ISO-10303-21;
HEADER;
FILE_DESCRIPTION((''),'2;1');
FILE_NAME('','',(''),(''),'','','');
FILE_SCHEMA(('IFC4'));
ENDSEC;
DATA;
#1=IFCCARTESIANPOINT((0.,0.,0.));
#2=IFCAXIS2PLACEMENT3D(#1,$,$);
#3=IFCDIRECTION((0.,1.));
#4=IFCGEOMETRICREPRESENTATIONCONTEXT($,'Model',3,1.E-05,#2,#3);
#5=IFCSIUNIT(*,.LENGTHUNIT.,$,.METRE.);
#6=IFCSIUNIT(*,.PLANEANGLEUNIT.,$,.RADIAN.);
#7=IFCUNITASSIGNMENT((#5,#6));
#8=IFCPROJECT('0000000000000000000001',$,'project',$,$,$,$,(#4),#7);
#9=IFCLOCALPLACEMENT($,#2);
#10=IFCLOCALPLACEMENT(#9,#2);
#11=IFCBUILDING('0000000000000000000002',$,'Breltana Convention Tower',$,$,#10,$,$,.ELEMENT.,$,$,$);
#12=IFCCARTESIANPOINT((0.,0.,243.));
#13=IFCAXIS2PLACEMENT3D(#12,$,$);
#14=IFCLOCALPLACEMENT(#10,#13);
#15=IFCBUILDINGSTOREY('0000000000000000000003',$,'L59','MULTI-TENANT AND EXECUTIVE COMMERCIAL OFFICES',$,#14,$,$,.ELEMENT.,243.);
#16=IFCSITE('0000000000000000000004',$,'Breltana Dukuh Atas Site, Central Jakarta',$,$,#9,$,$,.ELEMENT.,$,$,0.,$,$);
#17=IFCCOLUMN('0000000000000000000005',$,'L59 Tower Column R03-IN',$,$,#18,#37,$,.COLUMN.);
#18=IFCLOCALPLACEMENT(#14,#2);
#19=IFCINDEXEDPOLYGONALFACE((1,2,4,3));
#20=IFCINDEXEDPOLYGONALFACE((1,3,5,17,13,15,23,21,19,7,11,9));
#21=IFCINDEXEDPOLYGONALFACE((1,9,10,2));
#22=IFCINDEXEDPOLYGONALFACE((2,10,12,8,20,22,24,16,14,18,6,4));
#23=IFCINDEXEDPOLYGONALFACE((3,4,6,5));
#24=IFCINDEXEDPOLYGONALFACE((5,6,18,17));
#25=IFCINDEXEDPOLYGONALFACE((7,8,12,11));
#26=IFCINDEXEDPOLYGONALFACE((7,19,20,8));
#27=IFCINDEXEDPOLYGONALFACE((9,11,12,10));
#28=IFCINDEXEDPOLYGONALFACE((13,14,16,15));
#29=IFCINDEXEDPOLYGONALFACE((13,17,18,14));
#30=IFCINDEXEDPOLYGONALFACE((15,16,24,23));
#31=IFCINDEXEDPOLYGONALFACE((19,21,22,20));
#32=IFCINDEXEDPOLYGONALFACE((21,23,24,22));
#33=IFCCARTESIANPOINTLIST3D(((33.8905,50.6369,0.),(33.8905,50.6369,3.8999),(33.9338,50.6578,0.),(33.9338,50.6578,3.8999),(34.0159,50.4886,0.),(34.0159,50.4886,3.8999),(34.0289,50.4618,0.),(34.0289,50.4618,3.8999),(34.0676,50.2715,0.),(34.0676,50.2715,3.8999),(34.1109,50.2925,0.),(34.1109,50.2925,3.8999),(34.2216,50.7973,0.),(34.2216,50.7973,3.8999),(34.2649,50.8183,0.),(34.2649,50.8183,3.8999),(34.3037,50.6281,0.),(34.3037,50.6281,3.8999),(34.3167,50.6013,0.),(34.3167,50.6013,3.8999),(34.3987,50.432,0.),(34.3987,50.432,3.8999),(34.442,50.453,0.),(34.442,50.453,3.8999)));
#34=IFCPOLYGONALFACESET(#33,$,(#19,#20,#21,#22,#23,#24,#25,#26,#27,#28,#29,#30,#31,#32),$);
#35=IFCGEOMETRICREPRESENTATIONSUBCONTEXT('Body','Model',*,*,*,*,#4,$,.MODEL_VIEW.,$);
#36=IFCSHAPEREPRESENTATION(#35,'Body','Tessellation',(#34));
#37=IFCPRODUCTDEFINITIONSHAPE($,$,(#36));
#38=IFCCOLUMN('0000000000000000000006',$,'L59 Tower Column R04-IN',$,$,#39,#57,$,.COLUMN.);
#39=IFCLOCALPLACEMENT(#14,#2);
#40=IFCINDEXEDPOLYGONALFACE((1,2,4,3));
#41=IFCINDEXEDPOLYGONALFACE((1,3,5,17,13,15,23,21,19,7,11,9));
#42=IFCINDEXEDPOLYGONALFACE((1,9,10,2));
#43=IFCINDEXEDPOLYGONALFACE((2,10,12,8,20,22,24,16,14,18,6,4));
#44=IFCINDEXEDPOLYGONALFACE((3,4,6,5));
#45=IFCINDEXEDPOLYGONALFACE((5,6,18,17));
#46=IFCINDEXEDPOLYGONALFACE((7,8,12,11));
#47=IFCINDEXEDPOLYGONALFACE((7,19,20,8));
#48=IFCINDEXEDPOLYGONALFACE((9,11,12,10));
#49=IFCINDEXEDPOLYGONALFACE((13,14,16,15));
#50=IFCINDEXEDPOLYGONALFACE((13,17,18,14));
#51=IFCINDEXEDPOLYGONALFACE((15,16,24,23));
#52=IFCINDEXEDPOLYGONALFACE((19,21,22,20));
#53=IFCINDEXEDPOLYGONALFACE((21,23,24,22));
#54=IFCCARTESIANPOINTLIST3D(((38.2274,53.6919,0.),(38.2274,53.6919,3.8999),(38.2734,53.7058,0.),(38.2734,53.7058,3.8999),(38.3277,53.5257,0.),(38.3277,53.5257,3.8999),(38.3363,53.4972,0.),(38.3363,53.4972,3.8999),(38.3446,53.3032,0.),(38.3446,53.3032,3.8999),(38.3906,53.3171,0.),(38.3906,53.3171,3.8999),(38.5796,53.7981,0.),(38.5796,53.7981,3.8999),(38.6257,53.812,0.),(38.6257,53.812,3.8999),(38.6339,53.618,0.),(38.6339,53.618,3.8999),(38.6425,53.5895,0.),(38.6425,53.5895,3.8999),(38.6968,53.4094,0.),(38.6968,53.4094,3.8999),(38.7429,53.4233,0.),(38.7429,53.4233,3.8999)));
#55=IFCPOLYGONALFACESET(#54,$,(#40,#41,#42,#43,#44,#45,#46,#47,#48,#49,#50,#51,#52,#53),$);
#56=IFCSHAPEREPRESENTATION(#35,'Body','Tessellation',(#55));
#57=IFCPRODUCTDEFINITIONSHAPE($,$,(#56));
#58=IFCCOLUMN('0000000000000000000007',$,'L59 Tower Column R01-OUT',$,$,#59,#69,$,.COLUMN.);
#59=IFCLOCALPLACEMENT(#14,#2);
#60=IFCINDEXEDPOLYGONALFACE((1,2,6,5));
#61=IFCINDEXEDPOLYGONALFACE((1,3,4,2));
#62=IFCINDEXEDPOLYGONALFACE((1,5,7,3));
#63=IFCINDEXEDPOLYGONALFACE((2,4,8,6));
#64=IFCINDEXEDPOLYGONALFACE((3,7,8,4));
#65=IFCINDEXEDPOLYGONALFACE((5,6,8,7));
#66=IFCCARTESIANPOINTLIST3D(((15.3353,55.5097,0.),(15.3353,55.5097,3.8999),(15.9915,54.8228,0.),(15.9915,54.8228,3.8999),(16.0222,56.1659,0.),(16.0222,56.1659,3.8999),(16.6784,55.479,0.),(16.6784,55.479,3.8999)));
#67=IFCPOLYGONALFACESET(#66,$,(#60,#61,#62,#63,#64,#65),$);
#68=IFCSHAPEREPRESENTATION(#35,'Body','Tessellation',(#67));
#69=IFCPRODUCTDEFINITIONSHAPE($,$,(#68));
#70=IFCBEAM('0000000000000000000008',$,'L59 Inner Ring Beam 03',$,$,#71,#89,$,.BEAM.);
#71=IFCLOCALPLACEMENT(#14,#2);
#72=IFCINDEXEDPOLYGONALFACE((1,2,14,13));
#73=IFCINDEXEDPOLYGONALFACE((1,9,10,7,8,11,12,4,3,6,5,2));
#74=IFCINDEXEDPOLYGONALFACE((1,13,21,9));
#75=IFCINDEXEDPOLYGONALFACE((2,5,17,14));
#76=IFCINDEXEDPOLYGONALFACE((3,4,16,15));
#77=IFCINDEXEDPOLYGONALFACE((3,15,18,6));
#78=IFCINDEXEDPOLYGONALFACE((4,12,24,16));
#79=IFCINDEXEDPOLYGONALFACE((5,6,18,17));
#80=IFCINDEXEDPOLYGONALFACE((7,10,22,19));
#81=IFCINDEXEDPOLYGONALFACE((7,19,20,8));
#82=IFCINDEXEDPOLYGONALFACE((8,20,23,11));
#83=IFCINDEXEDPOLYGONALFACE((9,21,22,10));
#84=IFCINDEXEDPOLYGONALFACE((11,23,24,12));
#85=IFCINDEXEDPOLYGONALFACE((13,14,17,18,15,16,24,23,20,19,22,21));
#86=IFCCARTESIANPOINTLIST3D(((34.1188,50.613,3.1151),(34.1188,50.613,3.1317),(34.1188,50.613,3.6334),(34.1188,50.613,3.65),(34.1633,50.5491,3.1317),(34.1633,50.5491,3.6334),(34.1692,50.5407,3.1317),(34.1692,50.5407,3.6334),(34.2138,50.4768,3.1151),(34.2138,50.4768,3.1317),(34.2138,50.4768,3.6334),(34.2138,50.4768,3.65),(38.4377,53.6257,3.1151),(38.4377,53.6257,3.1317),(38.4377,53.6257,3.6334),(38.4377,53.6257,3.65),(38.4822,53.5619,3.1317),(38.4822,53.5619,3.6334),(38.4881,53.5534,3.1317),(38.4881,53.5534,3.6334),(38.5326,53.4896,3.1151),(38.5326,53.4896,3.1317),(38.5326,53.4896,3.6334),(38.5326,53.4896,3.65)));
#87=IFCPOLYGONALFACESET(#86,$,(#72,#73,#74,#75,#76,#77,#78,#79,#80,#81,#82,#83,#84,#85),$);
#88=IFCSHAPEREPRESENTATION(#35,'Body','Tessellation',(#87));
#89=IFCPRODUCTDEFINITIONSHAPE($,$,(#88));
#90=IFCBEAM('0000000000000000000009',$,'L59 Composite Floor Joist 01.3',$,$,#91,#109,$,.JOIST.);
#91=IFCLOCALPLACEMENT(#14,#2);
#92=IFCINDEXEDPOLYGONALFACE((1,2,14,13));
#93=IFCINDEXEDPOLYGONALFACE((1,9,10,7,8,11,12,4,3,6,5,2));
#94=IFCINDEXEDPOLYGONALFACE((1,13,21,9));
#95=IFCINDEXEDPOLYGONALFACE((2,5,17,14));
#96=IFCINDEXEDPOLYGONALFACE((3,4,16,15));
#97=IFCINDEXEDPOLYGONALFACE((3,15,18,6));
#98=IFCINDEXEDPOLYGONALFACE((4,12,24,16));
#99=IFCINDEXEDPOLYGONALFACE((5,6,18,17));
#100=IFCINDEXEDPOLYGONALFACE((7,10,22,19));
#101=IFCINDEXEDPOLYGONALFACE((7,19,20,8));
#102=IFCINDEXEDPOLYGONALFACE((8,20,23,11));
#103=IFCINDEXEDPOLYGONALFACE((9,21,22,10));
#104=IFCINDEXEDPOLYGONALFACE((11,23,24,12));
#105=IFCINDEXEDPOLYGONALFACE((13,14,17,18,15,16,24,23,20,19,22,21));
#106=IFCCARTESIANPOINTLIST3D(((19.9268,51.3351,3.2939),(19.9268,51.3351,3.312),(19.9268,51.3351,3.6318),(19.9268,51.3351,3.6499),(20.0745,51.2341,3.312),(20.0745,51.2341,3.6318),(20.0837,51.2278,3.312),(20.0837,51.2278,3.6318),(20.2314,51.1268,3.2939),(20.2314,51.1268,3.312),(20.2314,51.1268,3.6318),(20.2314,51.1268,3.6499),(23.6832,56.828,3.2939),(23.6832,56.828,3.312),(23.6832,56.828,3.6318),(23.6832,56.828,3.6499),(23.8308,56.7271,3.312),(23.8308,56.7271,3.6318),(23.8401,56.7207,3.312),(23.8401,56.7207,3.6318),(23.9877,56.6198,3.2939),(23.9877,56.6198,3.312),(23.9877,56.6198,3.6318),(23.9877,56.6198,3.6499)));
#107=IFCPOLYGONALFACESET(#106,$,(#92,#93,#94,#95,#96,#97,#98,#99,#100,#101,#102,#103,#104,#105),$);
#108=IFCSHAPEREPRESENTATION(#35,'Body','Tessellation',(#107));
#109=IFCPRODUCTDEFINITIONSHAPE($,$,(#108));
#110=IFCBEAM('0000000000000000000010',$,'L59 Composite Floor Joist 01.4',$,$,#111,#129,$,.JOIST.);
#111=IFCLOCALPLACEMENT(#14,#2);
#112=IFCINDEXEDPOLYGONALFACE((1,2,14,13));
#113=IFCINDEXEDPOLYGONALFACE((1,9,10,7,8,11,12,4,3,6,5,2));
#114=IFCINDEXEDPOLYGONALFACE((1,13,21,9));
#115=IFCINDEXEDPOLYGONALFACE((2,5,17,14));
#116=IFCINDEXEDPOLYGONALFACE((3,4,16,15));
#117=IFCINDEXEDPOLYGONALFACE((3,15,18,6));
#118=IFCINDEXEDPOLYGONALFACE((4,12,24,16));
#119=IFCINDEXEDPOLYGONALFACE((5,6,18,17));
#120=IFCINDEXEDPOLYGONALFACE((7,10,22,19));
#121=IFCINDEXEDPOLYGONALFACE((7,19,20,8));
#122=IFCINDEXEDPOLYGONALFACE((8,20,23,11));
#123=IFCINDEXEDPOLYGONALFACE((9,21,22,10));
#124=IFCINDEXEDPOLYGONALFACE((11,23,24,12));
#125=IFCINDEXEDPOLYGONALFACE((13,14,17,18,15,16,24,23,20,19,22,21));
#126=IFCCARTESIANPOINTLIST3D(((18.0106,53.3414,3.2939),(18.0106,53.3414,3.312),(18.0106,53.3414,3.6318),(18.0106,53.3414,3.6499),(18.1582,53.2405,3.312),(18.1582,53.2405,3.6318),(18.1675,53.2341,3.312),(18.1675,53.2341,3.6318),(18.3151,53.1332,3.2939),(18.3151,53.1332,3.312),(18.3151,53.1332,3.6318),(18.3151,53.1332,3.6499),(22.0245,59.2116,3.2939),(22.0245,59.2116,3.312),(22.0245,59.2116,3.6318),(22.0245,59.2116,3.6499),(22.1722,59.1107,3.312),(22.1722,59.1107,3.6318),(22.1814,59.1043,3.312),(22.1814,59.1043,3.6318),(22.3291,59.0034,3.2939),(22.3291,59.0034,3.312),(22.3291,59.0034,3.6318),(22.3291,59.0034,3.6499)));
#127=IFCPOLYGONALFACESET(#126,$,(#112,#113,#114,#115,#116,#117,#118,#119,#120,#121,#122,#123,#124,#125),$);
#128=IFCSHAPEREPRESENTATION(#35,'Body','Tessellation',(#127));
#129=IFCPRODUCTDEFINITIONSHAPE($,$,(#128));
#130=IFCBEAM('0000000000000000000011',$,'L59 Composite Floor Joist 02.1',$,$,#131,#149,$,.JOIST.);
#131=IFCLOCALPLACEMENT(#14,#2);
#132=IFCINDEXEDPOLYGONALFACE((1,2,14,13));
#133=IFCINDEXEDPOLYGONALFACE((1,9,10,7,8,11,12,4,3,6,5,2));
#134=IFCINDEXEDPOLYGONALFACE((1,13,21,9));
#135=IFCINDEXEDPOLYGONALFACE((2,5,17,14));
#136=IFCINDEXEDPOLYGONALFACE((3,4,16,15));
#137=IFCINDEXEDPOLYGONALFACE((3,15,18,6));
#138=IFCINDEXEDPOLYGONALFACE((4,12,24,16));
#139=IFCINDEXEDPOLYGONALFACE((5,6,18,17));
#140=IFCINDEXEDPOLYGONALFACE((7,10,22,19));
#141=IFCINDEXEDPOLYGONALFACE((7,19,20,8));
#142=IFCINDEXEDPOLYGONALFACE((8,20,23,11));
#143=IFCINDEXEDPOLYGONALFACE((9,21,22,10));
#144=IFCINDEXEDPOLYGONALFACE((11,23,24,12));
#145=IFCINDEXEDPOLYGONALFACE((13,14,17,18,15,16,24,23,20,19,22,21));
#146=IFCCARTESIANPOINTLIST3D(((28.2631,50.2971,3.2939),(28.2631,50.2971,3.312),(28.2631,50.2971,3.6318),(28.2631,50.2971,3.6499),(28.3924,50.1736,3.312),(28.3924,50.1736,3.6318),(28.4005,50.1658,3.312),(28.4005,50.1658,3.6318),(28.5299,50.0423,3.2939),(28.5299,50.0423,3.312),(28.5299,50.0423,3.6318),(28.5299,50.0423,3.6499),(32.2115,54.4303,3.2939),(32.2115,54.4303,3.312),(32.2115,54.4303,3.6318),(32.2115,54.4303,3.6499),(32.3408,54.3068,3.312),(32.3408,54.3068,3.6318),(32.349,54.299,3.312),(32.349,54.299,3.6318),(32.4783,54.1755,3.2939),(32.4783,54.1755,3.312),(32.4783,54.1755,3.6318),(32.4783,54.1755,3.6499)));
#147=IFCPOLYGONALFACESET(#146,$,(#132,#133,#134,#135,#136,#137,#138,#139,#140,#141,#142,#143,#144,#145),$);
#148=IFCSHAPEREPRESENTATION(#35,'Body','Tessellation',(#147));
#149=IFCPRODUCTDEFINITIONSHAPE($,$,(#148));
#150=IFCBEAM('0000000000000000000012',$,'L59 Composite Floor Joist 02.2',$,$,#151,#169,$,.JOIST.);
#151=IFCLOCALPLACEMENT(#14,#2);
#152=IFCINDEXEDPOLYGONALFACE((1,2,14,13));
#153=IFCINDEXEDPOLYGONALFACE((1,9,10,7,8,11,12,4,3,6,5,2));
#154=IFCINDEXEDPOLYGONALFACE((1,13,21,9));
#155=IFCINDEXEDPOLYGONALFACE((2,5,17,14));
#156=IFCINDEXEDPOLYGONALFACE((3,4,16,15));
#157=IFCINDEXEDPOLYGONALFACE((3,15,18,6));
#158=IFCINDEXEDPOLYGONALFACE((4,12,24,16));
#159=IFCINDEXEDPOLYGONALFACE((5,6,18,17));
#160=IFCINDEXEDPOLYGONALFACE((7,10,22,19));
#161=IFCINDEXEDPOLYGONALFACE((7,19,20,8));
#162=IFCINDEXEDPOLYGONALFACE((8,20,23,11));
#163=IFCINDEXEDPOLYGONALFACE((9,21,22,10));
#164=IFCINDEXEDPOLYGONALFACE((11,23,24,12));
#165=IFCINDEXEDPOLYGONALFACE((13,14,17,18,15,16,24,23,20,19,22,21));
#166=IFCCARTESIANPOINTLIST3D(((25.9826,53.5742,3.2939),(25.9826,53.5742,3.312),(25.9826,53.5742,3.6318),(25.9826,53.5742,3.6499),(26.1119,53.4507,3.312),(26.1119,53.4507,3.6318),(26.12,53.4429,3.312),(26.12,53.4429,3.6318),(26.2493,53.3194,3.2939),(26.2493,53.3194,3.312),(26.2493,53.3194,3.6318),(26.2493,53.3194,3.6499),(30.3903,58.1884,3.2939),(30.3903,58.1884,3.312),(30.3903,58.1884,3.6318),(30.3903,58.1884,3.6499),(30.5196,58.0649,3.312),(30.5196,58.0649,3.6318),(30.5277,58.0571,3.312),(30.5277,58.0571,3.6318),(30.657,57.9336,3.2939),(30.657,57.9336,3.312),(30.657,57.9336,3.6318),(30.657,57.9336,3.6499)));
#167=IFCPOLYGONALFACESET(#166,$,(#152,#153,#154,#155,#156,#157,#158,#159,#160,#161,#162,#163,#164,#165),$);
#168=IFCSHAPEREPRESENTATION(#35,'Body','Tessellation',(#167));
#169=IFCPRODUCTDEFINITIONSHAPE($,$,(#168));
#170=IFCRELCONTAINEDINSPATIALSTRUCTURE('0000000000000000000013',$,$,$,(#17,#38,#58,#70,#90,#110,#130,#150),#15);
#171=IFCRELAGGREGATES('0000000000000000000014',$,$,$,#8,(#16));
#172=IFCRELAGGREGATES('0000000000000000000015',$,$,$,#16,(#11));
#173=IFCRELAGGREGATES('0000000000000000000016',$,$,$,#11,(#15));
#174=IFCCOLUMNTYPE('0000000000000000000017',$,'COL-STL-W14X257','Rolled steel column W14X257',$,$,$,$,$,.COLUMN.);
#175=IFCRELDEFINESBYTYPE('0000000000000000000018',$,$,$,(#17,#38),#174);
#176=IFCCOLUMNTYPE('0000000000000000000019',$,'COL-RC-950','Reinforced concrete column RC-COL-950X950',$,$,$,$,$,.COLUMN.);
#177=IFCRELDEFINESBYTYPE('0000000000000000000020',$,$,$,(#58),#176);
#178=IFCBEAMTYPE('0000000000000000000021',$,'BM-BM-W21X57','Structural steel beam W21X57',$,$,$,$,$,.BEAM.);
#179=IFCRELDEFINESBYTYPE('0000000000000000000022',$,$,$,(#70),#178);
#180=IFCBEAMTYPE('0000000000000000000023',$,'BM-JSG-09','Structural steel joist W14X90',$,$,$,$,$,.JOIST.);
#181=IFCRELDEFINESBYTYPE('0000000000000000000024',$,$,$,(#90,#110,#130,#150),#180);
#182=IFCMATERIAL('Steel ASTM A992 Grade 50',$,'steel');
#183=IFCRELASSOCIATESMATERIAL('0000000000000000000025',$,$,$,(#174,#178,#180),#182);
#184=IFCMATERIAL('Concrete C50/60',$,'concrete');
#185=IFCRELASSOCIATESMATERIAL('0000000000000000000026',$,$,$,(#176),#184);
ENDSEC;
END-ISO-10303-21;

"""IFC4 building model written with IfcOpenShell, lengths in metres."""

from ifc_helpers import new_model, si_unit, direction, frame, origin, origin_2d, place, context, subcontext, project, spatial, rectangle, i_section, extrude, source, transform, mapped, material, material_profile, profile_set, type_object, element, save


model = new_model("IFC4")

# Units and contexts
model_context = context("Model", 3, precision=1e-05, world=origin(), true_north=direction((0.0, 1.0)))
body_context = subcontext(model_context, "Body", "Model", "MODEL_VIEW")
ifc_project = project(units=[si_unit("LENGTHUNIT", "METRE"), si_unit("PLANEANGLEUNIT", "RADIAN")], contexts=[model_context])

# Site, building, storey
site_placement = place(None, origin())
site = spatial("IfcSite", under=ifc_project, at=site_placement, Name="Breltana Dukuh Atas Site, Central Jakarta", CompositionType="ELEMENT", RefElevation=0.0)
building_placement = place(site_placement, origin())
building = spatial("IfcBuilding", under=site, at=building_placement, Name="Breltana Convention Tower", CompositionType="ELEMENT")
storey_placement = place(building_placement, frame((0.0, 0.0, 243.0)))
storey = spatial("IfcBuildingStorey", under=building, at=storey_placement, Name="L59", Description="MULTI-TENANT AND EXECUTIVE COMMERCIAL OFFICES", CompositionType="ELEMENT", Elevation=243.0)

# Columns
ifc_material_1 = material(Name="Steel ASTM A992 Grade 50", Category="steel")
ifc_material_profile_1 = material_profile(ifc_material_1, i_section(OverallWidth=0.406, OverallDepth=0.416, WebThickness=0.0298, FlangeThickness=0.0481, at=origin_2d()), Name="W14X257")
ifc_profile_set_1 = profile_set([ifc_material_profile_1], Name="Steel ASTM A992 Grade 50")
column_type_1 = type_object("IfcColumnType", Name="COL-STL-W14X257", Description="Rolled steel column W14X257", PredefinedType="COLUMN", material=ifc_profile_set_1)
shared_shape_1 = source(origin(), body_context, "Body", "SweptSolid", [
    extrude(i_section(OverallWidth=0.406, OverallDepth=0.416, WebThickness=0.0298, FlangeThickness=0.0481, at=origin_2d()), origin(), (0.0, 0.0, 1.0), 3.8999),
])
for number, where, z_axis, x_axis, name in (
    (1, (34.1663, 50.5449, 0.0), (0.0, 0.0, 1.0), (-0.436174, 0.899863, 0.0), "L59 Tower Column R03-IN"),
    (2, (38.4851, 53.5576, 0.0), (0.0, 0.0, 1.0), (-0.288698, 0.95742, 0.0), "L59 Tower Column R04-IN"),
):
    element("IfcColumn", number, at=place(storey_placement, frame(where, z_axis=z_axis, x_axis=x_axis)), inside=storey, type_object=column_type_1, Name=name, PredefinedType="COLUMN", context=body_context, shape_type="MappedRepresentation", body=[
        mapped(shared_shape_1, transform((0.0, 0.0, 0.0), scale=1.0)),
    ])
ifc_material_2 = material(Name="Concrete C50/60", Category="concrete")
ifc_material_profile_2 = material_profile(ifc_material_2, rectangle(XDim=0.95, YDim=0.95, at=origin_2d()), Name="RC-COL-950X950")
ifc_profile_set_2 = profile_set([ifc_material_profile_2], Name="Concrete C50/60")
column_type_2 = type_object("IfcColumnType", Name="COL-RC-950", Description="Reinforced concrete column RC-COL-950X950", PredefinedType="COLUMN", material=ifc_profile_set_2)
shared_shape_2 = source(origin(), body_context, "Body", "SweptSolid", [
    extrude(rectangle(XDim=0.95, YDim=0.95, at=origin_2d()), origin(), (0.0, 0.0, 1.0), 3.8999),
])
column_placement = place(storey_placement, frame((16.0068, 55.4944, 0.0), z_axis=(0.0, 0.0, 1.0), x_axis=(-0.690756, 0.723088, 0.0)))
element("IfcColumn", 3, at=column_placement, inside=storey, type_object=column_type_2, Name="L59 Tower Column R01-OUT", PredefinedType="COLUMN", context=body_context, shape_type="MappedRepresentation", body=[
    mapped(shared_shape_2, transform((0.0, 0.0, 0.0), scale=1.0)),
])

# Beams
ifc_material_profile_3 = material_profile(ifc_material_1, i_section(OverallWidth=0.166, OverallDepth=0.5349, WebThickness=0.0103, FlangeThickness=0.0166, at=origin_2d()), Name="W21X57")
ifc_profile_set_3 = profile_set([ifc_material_profile_3], Name="Steel ASTM A992 Grade 50")
beam_type_1 = type_object("IfcBeamType", Name="BM-BM-W21X57", Description="Structural steel beam W21X57", PredefinedType="BEAM", material=ifc_profile_set_3)
shared_shape_3 = source(origin(), body_context, "Body", "SweptSolid", [
    extrude(i_section(OverallWidth=0.166, OverallDepth=0.5349, WebThickness=0.0103, FlangeThickness=0.0166, at=origin_2d()), origin(), (0.0, 0.0, 1.0), 5.2659),
])
beam_1_placement = place(storey_placement, frame((34.1663, 50.5449, 3.3826), z_axis=(0.820167, 0.572124, 0.0), x_axis=(-0.572124, 0.820167, 0.0)))
element("IfcBeam", 4, at=beam_1_placement, inside=storey, type_object=beam_type_1, Name="L59 Inner Ring Beam 03", PredefinedType="BEAM", context=body_context, shape_type="MappedRepresentation", body=[
    mapped(shared_shape_3, transform((0.0, 0.0, 0.0), scale=1.0)),
])
ifc_material_profile_4 = material_profile(ifc_material_1, i_section(OverallWidth=0.3689, OverallDepth=0.356, WebThickness=0.0112, FlangeThickness=0.0181, at=origin_2d()), Name="W14X90")
ifc_profile_set_4 = profile_set([ifc_material_profile_4], Name="Steel ASTM A992 Grade 50")
beam_type_2 = type_object("IfcBeamType", Name="BM-JSG-09", Description="Structural steel joist W14X90", PredefinedType="JOIST", material=ifc_profile_set_4)
shared_shape_4 = source(origin(), body_context, "Body", "SweptSolid", [
    extrude(i_section(OverallWidth=0.3689, OverallDepth=0.356, WebThickness=0.0112, FlangeThickness=0.0181, at=origin_2d()), origin(), (0.0, 0.0, 1.0), 6.6545),
])
beam_2_placement = place(storey_placement, frame((20.0791, 51.231, 3.4719), z_axis=(0.564483, 0.825445, 0.0), x_axis=(-0.825445, 0.564483, 0.0)))
element("IfcBeam", 5, at=beam_2_placement, inside=storey, type_object=beam_type_2, Name="L59 Composite Floor Joist 01.3", PredefinedType="JOIST", context=body_context, shape_type="MappedRepresentation", body=[
    mapped(shared_shape_4, transform((0.0, 0.0, 0.0), scale=1.0)),
])
shared_shape_5 = source(origin(), body_context, "Body", "SweptSolid", [
    extrude(i_section(OverallWidth=0.3689, OverallDepth=0.356, WebThickness=0.0112, FlangeThickness=0.0181, at=origin_2d()), origin(), (0.0, 0.0, 1.0), 7.1113),
])
beam_3_placement = place(storey_placement, frame((18.1628, 53.2373, 3.4719), z_axis=(0.564446, 0.82547, 0.0), x_axis=(-0.82547, 0.564446, 0.0)))
element("IfcBeam", 6, at=beam_3_placement, inside=storey, type_object=beam_type_2, Name="L59 Composite Floor Joist 01.4", PredefinedType="JOIST", context=body_context, shape_type="MappedRepresentation", body=[
    mapped(shared_shape_5, transform((0.0, 0.0, 0.0), scale=1.0)),
])
shared_shape_6 = source(origin(), body_context, "Body", "SweptSolid", [
    extrude(i_section(OverallWidth=0.3689, OverallDepth=0.356, WebThickness=0.0112, FlangeThickness=0.0181, at=origin_2d()), origin(), (0.0, 0.0, 1.0), 5.7161),
])
beam_4_placement = place(storey_placement, frame((28.3965, 50.1697, 3.4719), z_axis=(0.690756, 0.723088, 0.0), x_axis=(-0.723088, 0.690756, 0.0)))
element("IfcBeam", 7, at=beam_4_placement, inside=storey, type_object=beam_type_2, Name="L59 Composite Floor Joist 02.1", PredefinedType="JOIST", context=body_context, shape_type="MappedRepresentation", body=[
    mapped(shared_shape_6, transform((0.0, 0.0, 0.0), scale=1.0)),
])
shared_shape_7 = source(origin(), body_context, "Body", "SweptSolid", [
    extrude(i_section(OverallWidth=0.3689, OverallDepth=0.356, WebThickness=0.0112, FlangeThickness=0.0181, at=origin_2d()), origin(), (0.0, 0.0, 1.0), 6.3811),
])
beam_5_placement = place(storey_placement, frame((26.116, 53.4468, 3.4719), z_axis=(0.690738, 0.723105, 0.0), x_axis=(-0.723105, 0.690738, 0.0)))
element("IfcBeam", 8, at=beam_5_placement, inside=storey, type_object=beam_type_2, Name="L59 Composite Floor Joist 02.2", PredefinedType="JOIST", context=body_context, shape_type="MappedRepresentation", body=[
    mapped(shared_shape_7, transform((0.0, 0.0, 0.0), scale=1.0)),
])

save(model, "model.ifc")
